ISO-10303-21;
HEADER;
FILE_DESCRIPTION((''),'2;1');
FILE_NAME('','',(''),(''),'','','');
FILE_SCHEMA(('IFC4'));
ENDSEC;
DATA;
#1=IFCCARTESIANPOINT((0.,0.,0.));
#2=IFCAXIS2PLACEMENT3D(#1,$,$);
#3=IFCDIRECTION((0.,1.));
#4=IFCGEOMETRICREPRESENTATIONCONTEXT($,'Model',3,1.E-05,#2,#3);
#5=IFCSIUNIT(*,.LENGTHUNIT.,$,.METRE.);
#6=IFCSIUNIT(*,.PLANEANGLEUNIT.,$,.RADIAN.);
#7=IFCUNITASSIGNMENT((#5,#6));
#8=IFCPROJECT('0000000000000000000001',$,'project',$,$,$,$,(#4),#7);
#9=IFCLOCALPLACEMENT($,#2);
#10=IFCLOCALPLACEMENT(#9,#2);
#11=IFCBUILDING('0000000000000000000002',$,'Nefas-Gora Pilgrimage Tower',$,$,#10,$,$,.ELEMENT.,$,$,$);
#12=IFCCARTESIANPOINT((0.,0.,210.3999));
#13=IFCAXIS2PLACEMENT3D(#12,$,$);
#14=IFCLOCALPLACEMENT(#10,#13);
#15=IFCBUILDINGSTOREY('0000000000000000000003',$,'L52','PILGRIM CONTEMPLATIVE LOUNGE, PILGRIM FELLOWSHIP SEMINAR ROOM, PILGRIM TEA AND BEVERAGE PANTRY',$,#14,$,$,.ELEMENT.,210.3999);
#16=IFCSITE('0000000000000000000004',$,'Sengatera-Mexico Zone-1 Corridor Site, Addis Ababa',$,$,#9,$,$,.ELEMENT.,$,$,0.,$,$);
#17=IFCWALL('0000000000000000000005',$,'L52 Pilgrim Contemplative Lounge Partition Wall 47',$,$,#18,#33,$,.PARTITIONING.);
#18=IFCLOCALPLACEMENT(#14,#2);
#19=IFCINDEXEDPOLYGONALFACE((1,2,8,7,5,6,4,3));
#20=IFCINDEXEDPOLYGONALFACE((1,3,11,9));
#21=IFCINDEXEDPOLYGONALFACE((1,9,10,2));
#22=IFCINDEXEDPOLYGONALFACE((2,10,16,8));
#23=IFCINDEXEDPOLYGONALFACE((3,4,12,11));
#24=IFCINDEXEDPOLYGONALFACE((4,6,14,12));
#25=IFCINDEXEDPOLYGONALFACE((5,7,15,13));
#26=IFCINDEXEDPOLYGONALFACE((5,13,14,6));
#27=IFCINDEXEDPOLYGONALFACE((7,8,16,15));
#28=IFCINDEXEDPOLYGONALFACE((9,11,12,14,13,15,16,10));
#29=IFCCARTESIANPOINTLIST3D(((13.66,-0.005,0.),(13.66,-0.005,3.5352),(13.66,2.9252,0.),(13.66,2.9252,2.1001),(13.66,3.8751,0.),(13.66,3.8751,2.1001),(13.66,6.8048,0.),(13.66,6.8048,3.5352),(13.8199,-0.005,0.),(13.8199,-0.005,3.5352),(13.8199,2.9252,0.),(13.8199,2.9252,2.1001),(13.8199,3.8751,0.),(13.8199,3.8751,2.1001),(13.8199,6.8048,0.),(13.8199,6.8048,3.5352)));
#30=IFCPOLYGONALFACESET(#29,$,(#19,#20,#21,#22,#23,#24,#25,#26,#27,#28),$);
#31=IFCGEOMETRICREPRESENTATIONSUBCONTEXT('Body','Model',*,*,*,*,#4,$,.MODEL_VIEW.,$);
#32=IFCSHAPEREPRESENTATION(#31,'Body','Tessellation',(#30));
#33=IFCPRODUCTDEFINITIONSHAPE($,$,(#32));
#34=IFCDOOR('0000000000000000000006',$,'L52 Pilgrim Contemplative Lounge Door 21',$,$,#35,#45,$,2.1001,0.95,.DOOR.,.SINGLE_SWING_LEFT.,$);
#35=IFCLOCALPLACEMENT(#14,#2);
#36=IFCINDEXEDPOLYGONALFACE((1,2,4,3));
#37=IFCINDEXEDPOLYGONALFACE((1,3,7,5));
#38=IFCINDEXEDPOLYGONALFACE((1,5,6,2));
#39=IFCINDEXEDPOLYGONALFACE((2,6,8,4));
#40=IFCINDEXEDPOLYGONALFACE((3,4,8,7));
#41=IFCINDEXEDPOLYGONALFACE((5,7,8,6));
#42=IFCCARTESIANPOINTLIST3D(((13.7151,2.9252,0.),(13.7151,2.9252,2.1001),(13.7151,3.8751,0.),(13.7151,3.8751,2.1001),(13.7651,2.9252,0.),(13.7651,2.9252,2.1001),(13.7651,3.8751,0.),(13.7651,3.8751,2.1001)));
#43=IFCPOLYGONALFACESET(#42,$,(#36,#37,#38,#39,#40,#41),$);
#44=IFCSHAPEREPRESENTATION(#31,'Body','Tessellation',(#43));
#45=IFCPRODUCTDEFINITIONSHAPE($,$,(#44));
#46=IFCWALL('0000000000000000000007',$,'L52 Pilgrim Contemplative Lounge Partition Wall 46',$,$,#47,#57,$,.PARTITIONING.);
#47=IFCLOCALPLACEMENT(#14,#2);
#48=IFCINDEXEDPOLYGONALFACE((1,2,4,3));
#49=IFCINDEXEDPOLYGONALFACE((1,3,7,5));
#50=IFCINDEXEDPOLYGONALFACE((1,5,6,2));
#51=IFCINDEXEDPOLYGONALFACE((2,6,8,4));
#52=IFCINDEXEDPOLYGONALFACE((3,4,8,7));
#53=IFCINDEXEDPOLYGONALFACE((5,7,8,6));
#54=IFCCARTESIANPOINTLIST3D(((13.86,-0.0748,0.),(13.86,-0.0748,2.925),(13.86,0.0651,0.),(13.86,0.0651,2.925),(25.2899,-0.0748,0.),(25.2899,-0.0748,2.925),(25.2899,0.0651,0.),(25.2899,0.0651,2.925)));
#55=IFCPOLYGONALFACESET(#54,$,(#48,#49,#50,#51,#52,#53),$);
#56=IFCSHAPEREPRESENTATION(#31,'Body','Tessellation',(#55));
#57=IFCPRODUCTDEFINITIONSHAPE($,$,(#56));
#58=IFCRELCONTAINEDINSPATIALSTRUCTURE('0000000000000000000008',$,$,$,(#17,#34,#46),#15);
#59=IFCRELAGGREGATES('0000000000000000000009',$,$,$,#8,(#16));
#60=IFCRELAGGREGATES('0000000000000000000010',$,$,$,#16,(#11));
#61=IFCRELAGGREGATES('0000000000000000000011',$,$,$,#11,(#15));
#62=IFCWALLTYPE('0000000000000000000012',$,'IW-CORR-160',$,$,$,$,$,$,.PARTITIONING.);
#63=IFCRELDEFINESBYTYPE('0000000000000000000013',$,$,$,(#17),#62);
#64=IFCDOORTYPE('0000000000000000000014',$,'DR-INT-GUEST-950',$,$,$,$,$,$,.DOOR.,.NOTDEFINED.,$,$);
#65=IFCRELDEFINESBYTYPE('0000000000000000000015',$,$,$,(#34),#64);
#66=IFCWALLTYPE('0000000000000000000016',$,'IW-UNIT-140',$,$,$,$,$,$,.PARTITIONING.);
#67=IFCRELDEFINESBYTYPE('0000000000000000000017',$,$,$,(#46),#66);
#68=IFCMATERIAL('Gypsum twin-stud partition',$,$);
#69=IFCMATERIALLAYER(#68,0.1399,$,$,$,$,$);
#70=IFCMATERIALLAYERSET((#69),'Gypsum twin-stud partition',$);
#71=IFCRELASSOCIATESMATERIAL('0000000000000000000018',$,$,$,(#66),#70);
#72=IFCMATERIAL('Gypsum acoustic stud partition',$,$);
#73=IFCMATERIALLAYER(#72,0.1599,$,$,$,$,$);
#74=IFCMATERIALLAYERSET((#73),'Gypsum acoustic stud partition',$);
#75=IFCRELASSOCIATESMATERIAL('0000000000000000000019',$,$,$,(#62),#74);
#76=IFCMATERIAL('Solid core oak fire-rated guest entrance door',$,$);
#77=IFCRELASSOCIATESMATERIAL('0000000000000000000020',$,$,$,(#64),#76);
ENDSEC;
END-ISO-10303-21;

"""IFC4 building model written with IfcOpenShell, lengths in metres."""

from ifc_helpers import new_model, si_unit, direction, frame, frame_2d, origin, place, context, subcontext, project, spatial, rectangle, extrude, source, transform, mapped, material, layer, layer_set, type_object, element, fill, save


model = new_model("IFC4")

# Units and contexts
model_context = context("Model", 3, precision=1e-05, world=origin(), true_north=direction((0.0, 1.0)))
body_context = subcontext(model_context, "Body", "Model", "MODEL_VIEW")
ifc_project = project(units=[si_unit("LENGTHUNIT", "METRE"), si_unit("PLANEANGLEUNIT", "RADIAN")], contexts=[model_context])

# Site, building, storey
site_placement = place(None, origin())
site = spatial("IfcSite", under=ifc_project, at=site_placement, Name="Sengatera-Mexico Zone-1 Corridor Site, Addis Ababa", CompositionType="ELEMENT", RefElevation=0.0)
building_placement = place(site_placement, origin())
building = spatial("IfcBuilding", under=site, at=building_placement, Name="Nefas-Gora Pilgrimage Tower", CompositionType="ELEMENT")
storey_placement = place(building_placement, frame((0.0, 0.0, 210.3999)))
storey = spatial("IfcBuildingStorey", under=building, at=storey_placement, Name="L52", Description="PILGRIM CONTEMPLATIVE LOUNGE, PILGRIM FELLOWSHIP SEMINAR ROOM, PILGRIM TEA AND BEVERAGE PANTRY", CompositionType="ELEMENT", Elevation=210.3999)

# Shared definitions
ifc_material_1 = material(Name="Gypsum twin-stud partition")
ifc_layer_1 = layer(ifc_material_1, 0.1399)
ifc_layer_set_1 = layer_set([ifc_layer_1], Name="Gypsum twin-stud partition")
wall_type_1 = type_object("IfcWallType", Name="IW-UNIT-140", PredefinedType="PARTITIONING", material=ifc_layer_set_1)

# Wall, opening, door
ifc_material_2 = material(Name="Gypsum acoustic stud partition")
ifc_layer_2 = layer(ifc_material_2, 0.1599)
ifc_layer_set_2 = layer_set([ifc_layer_2], Name="Gypsum acoustic stud partition")
wall_type_2 = type_object("IfcWallType", Name="IW-CORR-160", PredefinedType="PARTITIONING", material=ifc_layer_set_2)
shared_shape_1 = source(origin(), body_context, "Body", "SweptSolid", [
    extrude(rectangle(XDim=6.8098, YDim=0.1599, at=frame_2d((3.4048, 0.0))), origin(), (0.0, 0.0, 1.0), 3.5352),
])
ifc_material_3 = material(Name="Solid core oak fire-rated guest entrance door")
door_type_1 = type_object("IfcDoorType", Name="DR-INT-GUEST-950", OperationType="NOTDEFINED", PredefinedType="DOOR", material=ifc_material_3)
shared_shape_2 = source(origin(), body_context, "Body", "SweptSolid", [
    extrude(rectangle(XDim=0.95, YDim=2.1001, at=frame_2d((0.4751, 1.05))), frame((0.0, 0.0249, 0.0), z_axis=(0.0, -1.0, 0.0), x_axis=(1.0, 0.0, 0.0)), (0.0, 0.0, 1.0), 0.05),
])
wall_1_placement = place(storey_placement, frame((13.74, -0.0049, 0.0), z_axis=(0.0, 0.0, 1.0), x_axis=(0.0, 1.0, 0.0)))
wall_1 = element("IfcWall", 1, at=wall_1_placement, inside=storey, type_object=wall_type_2, Name="L52 Pilgrim Contemplative Lounge Partition Wall 47", PredefinedType="PARTITIONING", context=body_context, shape_type="MappedRepresentation", body=[
    mapped(shared_shape_1, transform((0.0, 0.0, 0.0), x_axis=(1.0, 0.0, 0.0), y_axis=(0.0, 1.0, 0.0), z_axis=(0.0, 0.0, 1.0), scale=1.0)),
])
opening_1_placement = place(wall_1_placement, frame((2.9299, 0.0, 0.0)))
opening_1 = element("IfcOpeningElement", 2, at=opening_1_placement, cuts=wall_1, PredefinedType="OPENING", context=body_context, shape_type="SweptSolid", body=[
    extrude(rectangle(XDim=0.95, YDim=2.1001, at=frame_2d((0.4751, 1.05))), frame((0.0, 0.0898, 0.0), z_axis=(0.0, -1.0, 0.0), x_axis=(1.0, 0.0, 0.0)), (0.0, 0.0, 1.0), 0.1799),
])
door_1_placement = place(opening_1_placement, origin())
door_1 = element("IfcDoor", 3, at=door_1_placement, inside=storey, type_object=door_type_1, Name="L52 Pilgrim Contemplative Lounge Door 21", OperationType="SINGLE_SWING_LEFT", OverallHeight=2.1001, OverallWidth=0.95, PredefinedType="DOOR", context=body_context, shape_type="MappedRepresentation", body=[
    mapped(shared_shape_2, transform((0.0, 0.0, 0.0), x_axis=(1.0, 0.0, 0.0), y_axis=(0.0, 1.0, 0.0), z_axis=(0.0, 0.0, 1.0), scale=1.0)),
])
fill(opening_1, door_1)

# Wall
shared_shape_3 = source(origin(), body_context, "Body", "SweptSolid", [
    extrude(rectangle(XDim=11.4299, YDim=0.1399, at=frame_2d((5.7148, 0.0))), origin(), (0.0, 0.0, 1.0), 2.925),
])
wall_2_placement = place(storey_placement, frame((13.8601, -0.0049, 0.0), z_axis=(0.0, 0.0, 1.0), x_axis=(1.0, 0.0, 0.0)))
element("IfcWall", 4, at=wall_2_placement, inside=storey, type_object=wall_type_1, Name="L52 Pilgrim Contemplative Lounge Partition Wall 46", PredefinedType="PARTITIONING", context=body_context, shape_type="MappedRepresentation", body=[
    mapped(shared_shape_3, transform((0.0, 0.0, 0.0), x_axis=(1.0, 0.0, 0.0), y_axis=(0.0, 1.0, 0.0), z_axis=(0.0, 0.0, 1.0), scale=1.0)),
])

save(model, "model.ifc")
